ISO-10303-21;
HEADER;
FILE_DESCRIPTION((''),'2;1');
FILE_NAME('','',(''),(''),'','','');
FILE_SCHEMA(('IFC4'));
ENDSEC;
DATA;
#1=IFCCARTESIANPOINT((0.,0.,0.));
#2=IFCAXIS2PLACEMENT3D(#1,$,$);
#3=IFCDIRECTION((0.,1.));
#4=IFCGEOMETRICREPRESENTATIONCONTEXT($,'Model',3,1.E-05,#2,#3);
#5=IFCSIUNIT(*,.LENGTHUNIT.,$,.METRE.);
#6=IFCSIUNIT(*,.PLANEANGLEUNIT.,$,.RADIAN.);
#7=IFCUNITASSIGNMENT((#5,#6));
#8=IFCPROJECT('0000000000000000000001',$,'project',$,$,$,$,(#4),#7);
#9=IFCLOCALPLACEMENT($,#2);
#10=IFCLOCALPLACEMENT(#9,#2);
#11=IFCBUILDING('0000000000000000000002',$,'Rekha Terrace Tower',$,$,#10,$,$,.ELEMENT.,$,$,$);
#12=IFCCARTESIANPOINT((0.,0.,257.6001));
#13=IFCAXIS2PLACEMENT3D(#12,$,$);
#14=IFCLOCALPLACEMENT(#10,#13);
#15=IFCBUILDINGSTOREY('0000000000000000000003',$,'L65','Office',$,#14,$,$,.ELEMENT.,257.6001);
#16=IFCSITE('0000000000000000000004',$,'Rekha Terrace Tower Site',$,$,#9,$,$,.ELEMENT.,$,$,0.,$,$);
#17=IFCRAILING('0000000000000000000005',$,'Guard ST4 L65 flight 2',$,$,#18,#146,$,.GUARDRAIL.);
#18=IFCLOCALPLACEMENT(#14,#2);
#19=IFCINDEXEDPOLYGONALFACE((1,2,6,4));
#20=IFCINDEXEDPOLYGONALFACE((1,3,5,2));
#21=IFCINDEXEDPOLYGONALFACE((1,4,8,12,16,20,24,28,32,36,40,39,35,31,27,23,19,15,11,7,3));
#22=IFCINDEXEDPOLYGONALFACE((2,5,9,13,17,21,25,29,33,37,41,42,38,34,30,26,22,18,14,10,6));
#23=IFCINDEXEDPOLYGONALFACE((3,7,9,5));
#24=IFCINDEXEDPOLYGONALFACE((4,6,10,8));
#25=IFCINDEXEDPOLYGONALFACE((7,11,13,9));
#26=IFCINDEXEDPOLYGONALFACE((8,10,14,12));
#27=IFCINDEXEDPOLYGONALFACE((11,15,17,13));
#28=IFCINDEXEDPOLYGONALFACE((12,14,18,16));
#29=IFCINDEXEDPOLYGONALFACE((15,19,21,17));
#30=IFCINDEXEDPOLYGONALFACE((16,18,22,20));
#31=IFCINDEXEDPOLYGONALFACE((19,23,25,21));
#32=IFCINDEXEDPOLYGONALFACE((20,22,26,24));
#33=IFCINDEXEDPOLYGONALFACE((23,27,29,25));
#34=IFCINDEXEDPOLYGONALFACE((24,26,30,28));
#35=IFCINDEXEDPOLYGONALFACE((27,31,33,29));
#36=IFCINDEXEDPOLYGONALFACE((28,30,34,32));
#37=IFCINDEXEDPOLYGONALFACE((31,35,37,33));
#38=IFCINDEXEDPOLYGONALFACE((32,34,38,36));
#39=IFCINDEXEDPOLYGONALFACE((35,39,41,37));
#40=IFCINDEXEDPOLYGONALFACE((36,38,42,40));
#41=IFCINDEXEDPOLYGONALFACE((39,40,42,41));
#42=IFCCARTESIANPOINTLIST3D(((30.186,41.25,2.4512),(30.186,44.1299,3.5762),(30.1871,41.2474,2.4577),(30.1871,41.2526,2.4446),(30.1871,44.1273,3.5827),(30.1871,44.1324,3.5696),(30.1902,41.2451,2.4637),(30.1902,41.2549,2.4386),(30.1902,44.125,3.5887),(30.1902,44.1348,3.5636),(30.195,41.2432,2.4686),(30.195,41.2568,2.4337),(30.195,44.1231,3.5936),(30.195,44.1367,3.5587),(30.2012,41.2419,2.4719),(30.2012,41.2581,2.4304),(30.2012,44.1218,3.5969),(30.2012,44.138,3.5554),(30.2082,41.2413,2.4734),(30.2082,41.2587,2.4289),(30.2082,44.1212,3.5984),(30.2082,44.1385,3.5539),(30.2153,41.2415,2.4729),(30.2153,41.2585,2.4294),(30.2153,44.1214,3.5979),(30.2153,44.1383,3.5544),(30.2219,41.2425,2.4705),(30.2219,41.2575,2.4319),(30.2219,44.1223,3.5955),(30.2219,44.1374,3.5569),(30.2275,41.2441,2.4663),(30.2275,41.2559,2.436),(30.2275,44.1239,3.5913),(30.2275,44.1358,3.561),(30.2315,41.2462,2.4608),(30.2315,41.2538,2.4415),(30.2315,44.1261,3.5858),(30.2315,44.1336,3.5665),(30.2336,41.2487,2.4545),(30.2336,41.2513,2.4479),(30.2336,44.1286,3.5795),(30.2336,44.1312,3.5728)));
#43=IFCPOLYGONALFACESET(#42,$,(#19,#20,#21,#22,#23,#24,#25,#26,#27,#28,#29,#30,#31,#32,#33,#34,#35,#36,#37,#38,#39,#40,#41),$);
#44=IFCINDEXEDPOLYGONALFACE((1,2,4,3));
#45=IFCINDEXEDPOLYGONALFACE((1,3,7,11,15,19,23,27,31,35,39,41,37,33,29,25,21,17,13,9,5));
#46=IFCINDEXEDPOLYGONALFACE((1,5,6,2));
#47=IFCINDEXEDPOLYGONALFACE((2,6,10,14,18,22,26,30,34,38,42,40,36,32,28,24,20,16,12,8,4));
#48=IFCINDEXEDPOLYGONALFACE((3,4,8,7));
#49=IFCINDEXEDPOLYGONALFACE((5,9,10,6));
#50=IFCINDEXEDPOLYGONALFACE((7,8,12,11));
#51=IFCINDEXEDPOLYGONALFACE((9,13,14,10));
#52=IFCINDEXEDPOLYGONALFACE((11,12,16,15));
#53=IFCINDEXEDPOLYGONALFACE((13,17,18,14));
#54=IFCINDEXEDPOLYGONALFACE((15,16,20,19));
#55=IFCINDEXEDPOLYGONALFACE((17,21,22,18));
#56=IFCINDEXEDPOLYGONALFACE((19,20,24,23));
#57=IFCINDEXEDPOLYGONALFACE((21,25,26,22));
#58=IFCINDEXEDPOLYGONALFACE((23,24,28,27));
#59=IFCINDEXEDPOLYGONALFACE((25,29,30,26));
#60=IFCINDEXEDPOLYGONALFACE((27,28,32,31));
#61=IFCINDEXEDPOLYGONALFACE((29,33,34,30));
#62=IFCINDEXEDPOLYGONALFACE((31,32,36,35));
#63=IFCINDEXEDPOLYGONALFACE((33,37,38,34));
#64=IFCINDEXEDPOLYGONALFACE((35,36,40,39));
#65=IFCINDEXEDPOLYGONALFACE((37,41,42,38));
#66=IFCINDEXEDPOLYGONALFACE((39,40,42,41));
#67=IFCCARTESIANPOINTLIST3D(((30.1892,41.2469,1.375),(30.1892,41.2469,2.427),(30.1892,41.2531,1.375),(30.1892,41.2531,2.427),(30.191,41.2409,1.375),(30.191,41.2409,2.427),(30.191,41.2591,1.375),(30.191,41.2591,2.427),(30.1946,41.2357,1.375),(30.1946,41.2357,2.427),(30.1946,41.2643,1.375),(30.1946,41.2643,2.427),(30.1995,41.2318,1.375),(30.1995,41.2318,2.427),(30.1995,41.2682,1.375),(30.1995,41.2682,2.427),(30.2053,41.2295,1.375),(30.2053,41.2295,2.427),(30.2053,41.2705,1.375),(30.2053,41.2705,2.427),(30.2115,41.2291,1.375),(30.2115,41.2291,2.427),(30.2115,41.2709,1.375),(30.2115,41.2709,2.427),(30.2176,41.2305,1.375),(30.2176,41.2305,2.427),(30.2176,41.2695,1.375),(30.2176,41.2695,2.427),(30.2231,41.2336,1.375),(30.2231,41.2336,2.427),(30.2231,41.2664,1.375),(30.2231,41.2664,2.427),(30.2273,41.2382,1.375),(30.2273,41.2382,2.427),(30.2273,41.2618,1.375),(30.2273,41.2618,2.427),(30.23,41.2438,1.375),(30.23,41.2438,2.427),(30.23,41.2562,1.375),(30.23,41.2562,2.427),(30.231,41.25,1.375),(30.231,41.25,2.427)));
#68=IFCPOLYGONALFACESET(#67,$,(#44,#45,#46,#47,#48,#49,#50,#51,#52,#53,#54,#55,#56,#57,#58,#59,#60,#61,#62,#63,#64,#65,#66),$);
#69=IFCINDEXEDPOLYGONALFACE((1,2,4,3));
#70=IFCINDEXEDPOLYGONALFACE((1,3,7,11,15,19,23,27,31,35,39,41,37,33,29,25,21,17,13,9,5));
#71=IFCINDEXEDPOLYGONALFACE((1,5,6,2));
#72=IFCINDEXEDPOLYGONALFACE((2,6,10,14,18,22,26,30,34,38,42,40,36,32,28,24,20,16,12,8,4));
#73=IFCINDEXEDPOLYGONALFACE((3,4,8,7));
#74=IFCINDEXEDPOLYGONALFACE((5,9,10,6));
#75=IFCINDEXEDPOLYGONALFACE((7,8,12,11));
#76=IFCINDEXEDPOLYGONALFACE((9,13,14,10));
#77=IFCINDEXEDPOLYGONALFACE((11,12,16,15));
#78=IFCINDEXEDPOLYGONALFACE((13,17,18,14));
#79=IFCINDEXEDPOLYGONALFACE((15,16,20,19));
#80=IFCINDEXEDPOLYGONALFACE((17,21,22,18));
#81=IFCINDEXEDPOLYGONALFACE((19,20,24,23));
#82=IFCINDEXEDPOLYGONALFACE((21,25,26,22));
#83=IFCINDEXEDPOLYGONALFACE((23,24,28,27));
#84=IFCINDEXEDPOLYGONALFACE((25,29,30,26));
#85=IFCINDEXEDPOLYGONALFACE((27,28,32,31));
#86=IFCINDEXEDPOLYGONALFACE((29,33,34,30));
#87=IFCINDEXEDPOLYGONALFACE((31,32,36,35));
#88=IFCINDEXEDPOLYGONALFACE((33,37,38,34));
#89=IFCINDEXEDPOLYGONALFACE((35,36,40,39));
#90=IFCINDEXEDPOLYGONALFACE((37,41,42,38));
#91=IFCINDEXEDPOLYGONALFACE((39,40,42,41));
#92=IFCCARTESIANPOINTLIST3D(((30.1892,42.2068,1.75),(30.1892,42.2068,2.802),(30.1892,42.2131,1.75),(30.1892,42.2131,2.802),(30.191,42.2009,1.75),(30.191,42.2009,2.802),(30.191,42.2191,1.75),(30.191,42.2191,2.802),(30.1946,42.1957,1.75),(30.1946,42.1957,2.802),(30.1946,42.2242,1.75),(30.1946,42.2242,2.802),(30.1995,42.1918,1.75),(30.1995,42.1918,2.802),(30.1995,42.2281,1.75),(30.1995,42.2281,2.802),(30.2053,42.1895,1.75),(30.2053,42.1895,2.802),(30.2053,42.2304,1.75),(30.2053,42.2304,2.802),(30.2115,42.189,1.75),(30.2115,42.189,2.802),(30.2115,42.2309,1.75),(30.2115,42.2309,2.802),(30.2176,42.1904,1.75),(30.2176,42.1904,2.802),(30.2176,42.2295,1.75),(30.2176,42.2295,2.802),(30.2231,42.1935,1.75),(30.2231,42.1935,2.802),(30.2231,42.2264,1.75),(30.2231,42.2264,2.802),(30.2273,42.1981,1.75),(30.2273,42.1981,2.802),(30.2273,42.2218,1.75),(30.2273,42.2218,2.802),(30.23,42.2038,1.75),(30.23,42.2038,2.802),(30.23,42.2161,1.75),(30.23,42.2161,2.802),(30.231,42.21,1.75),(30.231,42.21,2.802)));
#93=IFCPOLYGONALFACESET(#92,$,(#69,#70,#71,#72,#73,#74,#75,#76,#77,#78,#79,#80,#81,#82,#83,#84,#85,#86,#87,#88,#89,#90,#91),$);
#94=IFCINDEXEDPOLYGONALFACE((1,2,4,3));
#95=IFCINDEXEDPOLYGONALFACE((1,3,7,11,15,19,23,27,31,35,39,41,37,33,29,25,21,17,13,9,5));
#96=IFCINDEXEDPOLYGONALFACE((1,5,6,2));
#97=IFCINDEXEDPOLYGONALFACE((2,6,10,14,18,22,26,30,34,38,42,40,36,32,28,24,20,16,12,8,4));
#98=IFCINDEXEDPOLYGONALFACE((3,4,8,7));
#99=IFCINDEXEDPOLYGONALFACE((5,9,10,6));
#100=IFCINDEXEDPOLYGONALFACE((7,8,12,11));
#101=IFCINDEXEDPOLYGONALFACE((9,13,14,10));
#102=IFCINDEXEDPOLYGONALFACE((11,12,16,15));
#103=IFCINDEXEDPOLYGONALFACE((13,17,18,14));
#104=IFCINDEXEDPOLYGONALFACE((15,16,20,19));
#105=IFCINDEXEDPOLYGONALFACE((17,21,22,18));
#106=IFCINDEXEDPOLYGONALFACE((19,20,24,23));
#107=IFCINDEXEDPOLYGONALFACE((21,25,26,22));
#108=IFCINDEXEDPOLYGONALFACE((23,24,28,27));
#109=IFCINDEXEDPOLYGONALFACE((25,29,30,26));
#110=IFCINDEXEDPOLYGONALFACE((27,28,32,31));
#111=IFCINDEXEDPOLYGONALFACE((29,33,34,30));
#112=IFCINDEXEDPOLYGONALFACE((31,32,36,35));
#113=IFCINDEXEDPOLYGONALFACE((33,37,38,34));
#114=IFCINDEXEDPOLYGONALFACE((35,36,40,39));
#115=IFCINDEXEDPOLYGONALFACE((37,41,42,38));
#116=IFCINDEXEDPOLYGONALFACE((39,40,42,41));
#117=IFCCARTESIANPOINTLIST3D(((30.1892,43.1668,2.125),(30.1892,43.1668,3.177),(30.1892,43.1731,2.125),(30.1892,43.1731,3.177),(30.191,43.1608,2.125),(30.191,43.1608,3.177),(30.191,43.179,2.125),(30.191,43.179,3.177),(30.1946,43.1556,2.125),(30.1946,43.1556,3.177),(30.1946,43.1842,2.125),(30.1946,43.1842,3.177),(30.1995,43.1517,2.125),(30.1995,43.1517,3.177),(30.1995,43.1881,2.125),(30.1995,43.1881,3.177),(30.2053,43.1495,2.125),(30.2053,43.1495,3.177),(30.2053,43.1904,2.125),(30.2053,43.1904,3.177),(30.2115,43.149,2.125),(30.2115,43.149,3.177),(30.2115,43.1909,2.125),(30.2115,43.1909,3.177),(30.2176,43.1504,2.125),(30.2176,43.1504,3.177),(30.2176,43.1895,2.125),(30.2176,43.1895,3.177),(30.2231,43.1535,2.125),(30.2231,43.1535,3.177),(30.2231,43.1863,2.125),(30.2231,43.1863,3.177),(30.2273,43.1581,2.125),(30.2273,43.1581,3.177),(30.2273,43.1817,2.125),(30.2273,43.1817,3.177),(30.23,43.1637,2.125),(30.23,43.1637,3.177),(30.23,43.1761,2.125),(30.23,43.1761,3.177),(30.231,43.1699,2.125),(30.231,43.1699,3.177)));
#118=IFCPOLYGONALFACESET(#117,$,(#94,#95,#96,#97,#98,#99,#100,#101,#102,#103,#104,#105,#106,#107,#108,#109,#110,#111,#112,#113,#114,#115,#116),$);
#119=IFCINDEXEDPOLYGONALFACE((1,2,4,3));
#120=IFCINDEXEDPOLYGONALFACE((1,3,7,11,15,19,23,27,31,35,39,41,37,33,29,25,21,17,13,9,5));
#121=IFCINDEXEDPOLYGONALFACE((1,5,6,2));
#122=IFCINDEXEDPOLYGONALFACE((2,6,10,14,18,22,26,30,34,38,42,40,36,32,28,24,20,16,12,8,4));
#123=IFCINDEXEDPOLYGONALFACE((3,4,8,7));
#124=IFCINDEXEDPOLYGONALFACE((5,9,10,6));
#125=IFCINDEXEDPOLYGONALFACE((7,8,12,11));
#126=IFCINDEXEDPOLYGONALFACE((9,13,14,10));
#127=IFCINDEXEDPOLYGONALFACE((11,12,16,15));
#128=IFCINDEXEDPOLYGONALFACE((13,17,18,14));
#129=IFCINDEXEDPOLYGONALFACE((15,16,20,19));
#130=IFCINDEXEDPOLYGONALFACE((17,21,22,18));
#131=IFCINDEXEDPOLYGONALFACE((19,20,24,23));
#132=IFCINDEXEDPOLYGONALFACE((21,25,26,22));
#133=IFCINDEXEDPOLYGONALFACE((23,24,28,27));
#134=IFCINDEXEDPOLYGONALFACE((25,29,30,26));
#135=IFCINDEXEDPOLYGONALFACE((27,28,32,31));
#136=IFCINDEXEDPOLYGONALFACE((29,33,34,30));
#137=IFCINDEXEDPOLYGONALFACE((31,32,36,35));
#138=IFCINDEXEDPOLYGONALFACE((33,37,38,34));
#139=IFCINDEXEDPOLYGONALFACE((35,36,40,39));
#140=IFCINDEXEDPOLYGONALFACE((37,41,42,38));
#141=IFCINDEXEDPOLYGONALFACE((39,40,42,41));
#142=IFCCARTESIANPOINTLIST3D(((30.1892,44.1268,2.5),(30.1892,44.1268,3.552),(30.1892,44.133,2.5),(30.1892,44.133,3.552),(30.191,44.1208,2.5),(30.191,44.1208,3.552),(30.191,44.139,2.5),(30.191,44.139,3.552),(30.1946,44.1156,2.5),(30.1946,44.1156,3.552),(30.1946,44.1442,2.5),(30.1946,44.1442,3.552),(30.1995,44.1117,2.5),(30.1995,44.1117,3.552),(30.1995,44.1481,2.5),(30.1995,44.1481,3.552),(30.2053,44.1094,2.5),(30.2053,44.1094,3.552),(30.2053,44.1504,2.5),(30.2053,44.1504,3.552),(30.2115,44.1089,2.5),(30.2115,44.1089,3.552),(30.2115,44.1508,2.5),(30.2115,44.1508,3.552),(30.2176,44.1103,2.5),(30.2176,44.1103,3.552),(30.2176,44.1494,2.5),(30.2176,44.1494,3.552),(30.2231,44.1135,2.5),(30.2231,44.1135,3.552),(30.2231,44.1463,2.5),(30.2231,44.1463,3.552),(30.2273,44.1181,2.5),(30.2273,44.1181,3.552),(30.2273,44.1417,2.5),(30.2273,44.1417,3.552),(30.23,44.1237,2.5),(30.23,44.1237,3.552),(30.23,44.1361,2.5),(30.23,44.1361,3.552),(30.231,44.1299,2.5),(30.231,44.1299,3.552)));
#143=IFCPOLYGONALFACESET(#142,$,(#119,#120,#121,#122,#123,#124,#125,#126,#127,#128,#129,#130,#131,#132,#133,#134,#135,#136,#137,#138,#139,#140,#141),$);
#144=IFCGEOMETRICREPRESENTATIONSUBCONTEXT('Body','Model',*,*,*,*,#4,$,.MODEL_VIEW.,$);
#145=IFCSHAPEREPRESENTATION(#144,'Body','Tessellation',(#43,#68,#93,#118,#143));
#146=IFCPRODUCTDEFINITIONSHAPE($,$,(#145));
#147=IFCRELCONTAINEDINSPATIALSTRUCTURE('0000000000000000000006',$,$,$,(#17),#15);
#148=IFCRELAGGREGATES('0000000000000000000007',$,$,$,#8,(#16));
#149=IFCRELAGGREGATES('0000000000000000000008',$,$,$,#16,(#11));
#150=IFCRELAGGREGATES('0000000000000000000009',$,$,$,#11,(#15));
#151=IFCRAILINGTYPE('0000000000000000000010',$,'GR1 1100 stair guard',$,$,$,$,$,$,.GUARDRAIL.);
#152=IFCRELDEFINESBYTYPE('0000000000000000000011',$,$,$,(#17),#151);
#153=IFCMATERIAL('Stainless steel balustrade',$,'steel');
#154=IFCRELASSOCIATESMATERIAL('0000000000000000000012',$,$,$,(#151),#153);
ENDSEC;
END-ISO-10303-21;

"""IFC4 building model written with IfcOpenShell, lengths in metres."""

from ifc_helpers import new_model, si_unit, direction, frame, origin, origin_2d, place, context, subcontext, project, spatial, circle, extrude, material, type_object, element, save


model = new_model("IFC4")

# Units and contexts
model_context = context("Model", 3, precision=1e-05, world=origin(), true_north=direction((0.0, 1.0)))
body_context = subcontext(model_context, "Body", "Model", "MODEL_VIEW")
ifc_project = project(units=[si_unit("LENGTHUNIT", "METRE"), si_unit("PLANEANGLEUNIT", "RADIAN")], contexts=[model_context])

# Site, building, storey
site_placement = place(None, origin())
site = spatial("IfcSite", under=ifc_project, at=site_placement, Name="Rekha Terrace Tower Site", CompositionType="ELEMENT", RefElevation=0.0)
building_placement = place(site_placement, origin())
building = spatial("IfcBuilding", under=site, at=building_placement, Name="Rekha Terrace Tower", CompositionType="ELEMENT")
storey_placement = place(building_placement, frame((0.0, 0.0, 257.6001)))
storey = spatial("IfcBuildingStorey", under=building, at=storey_placement, Name="L65", Description="Office", CompositionType="ELEMENT", Elevation=257.6001)

# Railing
ifc_material_1 = material(Name="Stainless steel balustrade", Category="steel")
railing_type_1 = type_object("IfcRailingType", Name="GR1 1100 stair guard", PredefinedType="GUARDRAIL", material=ifc_material_1)
railing_1_placement = place(storey_placement, frame((30.21, 41.25, 1.375)))
element("IfcRailing", 1, at=railing_1_placement, inside=storey, type_object=railing_type_1, Name="Guard ST4 L65 flight 2", PredefinedType="GUARDRAIL", context=body_context, shape_type="SweptSolid", body=[
    extrude(circle(Radius=0.0239, at=origin_2d()), frame((0.0, 0.0, 1.0762), z_axis=(0.0, 0.931452, 0.363863), x_axis=(-1.0, 0.0, 0.0)), (0.0, 0.0, 1.0), 3.0918),
    extrude(circle(Radius=0.021, at=origin_2d()), origin(), (0.0, 0.0, 1.0), 1.052),
    extrude(circle(Radius=0.021, at=origin_2d()), frame((0.0, 0.96, 0.375)), (0.0, 0.0, 1.0), 1.052),
    extrude(circle(Radius=0.021, at=origin_2d()), frame((0.0, 1.9199, 0.75)), (0.0, 0.0, 1.0), 1.052),
    extrude(circle(Radius=0.021, at=origin_2d()), frame((0.0, 2.8799, 1.125)), (0.0, 0.0, 1.0), 1.052),
])

save(model, "model.ifc")
